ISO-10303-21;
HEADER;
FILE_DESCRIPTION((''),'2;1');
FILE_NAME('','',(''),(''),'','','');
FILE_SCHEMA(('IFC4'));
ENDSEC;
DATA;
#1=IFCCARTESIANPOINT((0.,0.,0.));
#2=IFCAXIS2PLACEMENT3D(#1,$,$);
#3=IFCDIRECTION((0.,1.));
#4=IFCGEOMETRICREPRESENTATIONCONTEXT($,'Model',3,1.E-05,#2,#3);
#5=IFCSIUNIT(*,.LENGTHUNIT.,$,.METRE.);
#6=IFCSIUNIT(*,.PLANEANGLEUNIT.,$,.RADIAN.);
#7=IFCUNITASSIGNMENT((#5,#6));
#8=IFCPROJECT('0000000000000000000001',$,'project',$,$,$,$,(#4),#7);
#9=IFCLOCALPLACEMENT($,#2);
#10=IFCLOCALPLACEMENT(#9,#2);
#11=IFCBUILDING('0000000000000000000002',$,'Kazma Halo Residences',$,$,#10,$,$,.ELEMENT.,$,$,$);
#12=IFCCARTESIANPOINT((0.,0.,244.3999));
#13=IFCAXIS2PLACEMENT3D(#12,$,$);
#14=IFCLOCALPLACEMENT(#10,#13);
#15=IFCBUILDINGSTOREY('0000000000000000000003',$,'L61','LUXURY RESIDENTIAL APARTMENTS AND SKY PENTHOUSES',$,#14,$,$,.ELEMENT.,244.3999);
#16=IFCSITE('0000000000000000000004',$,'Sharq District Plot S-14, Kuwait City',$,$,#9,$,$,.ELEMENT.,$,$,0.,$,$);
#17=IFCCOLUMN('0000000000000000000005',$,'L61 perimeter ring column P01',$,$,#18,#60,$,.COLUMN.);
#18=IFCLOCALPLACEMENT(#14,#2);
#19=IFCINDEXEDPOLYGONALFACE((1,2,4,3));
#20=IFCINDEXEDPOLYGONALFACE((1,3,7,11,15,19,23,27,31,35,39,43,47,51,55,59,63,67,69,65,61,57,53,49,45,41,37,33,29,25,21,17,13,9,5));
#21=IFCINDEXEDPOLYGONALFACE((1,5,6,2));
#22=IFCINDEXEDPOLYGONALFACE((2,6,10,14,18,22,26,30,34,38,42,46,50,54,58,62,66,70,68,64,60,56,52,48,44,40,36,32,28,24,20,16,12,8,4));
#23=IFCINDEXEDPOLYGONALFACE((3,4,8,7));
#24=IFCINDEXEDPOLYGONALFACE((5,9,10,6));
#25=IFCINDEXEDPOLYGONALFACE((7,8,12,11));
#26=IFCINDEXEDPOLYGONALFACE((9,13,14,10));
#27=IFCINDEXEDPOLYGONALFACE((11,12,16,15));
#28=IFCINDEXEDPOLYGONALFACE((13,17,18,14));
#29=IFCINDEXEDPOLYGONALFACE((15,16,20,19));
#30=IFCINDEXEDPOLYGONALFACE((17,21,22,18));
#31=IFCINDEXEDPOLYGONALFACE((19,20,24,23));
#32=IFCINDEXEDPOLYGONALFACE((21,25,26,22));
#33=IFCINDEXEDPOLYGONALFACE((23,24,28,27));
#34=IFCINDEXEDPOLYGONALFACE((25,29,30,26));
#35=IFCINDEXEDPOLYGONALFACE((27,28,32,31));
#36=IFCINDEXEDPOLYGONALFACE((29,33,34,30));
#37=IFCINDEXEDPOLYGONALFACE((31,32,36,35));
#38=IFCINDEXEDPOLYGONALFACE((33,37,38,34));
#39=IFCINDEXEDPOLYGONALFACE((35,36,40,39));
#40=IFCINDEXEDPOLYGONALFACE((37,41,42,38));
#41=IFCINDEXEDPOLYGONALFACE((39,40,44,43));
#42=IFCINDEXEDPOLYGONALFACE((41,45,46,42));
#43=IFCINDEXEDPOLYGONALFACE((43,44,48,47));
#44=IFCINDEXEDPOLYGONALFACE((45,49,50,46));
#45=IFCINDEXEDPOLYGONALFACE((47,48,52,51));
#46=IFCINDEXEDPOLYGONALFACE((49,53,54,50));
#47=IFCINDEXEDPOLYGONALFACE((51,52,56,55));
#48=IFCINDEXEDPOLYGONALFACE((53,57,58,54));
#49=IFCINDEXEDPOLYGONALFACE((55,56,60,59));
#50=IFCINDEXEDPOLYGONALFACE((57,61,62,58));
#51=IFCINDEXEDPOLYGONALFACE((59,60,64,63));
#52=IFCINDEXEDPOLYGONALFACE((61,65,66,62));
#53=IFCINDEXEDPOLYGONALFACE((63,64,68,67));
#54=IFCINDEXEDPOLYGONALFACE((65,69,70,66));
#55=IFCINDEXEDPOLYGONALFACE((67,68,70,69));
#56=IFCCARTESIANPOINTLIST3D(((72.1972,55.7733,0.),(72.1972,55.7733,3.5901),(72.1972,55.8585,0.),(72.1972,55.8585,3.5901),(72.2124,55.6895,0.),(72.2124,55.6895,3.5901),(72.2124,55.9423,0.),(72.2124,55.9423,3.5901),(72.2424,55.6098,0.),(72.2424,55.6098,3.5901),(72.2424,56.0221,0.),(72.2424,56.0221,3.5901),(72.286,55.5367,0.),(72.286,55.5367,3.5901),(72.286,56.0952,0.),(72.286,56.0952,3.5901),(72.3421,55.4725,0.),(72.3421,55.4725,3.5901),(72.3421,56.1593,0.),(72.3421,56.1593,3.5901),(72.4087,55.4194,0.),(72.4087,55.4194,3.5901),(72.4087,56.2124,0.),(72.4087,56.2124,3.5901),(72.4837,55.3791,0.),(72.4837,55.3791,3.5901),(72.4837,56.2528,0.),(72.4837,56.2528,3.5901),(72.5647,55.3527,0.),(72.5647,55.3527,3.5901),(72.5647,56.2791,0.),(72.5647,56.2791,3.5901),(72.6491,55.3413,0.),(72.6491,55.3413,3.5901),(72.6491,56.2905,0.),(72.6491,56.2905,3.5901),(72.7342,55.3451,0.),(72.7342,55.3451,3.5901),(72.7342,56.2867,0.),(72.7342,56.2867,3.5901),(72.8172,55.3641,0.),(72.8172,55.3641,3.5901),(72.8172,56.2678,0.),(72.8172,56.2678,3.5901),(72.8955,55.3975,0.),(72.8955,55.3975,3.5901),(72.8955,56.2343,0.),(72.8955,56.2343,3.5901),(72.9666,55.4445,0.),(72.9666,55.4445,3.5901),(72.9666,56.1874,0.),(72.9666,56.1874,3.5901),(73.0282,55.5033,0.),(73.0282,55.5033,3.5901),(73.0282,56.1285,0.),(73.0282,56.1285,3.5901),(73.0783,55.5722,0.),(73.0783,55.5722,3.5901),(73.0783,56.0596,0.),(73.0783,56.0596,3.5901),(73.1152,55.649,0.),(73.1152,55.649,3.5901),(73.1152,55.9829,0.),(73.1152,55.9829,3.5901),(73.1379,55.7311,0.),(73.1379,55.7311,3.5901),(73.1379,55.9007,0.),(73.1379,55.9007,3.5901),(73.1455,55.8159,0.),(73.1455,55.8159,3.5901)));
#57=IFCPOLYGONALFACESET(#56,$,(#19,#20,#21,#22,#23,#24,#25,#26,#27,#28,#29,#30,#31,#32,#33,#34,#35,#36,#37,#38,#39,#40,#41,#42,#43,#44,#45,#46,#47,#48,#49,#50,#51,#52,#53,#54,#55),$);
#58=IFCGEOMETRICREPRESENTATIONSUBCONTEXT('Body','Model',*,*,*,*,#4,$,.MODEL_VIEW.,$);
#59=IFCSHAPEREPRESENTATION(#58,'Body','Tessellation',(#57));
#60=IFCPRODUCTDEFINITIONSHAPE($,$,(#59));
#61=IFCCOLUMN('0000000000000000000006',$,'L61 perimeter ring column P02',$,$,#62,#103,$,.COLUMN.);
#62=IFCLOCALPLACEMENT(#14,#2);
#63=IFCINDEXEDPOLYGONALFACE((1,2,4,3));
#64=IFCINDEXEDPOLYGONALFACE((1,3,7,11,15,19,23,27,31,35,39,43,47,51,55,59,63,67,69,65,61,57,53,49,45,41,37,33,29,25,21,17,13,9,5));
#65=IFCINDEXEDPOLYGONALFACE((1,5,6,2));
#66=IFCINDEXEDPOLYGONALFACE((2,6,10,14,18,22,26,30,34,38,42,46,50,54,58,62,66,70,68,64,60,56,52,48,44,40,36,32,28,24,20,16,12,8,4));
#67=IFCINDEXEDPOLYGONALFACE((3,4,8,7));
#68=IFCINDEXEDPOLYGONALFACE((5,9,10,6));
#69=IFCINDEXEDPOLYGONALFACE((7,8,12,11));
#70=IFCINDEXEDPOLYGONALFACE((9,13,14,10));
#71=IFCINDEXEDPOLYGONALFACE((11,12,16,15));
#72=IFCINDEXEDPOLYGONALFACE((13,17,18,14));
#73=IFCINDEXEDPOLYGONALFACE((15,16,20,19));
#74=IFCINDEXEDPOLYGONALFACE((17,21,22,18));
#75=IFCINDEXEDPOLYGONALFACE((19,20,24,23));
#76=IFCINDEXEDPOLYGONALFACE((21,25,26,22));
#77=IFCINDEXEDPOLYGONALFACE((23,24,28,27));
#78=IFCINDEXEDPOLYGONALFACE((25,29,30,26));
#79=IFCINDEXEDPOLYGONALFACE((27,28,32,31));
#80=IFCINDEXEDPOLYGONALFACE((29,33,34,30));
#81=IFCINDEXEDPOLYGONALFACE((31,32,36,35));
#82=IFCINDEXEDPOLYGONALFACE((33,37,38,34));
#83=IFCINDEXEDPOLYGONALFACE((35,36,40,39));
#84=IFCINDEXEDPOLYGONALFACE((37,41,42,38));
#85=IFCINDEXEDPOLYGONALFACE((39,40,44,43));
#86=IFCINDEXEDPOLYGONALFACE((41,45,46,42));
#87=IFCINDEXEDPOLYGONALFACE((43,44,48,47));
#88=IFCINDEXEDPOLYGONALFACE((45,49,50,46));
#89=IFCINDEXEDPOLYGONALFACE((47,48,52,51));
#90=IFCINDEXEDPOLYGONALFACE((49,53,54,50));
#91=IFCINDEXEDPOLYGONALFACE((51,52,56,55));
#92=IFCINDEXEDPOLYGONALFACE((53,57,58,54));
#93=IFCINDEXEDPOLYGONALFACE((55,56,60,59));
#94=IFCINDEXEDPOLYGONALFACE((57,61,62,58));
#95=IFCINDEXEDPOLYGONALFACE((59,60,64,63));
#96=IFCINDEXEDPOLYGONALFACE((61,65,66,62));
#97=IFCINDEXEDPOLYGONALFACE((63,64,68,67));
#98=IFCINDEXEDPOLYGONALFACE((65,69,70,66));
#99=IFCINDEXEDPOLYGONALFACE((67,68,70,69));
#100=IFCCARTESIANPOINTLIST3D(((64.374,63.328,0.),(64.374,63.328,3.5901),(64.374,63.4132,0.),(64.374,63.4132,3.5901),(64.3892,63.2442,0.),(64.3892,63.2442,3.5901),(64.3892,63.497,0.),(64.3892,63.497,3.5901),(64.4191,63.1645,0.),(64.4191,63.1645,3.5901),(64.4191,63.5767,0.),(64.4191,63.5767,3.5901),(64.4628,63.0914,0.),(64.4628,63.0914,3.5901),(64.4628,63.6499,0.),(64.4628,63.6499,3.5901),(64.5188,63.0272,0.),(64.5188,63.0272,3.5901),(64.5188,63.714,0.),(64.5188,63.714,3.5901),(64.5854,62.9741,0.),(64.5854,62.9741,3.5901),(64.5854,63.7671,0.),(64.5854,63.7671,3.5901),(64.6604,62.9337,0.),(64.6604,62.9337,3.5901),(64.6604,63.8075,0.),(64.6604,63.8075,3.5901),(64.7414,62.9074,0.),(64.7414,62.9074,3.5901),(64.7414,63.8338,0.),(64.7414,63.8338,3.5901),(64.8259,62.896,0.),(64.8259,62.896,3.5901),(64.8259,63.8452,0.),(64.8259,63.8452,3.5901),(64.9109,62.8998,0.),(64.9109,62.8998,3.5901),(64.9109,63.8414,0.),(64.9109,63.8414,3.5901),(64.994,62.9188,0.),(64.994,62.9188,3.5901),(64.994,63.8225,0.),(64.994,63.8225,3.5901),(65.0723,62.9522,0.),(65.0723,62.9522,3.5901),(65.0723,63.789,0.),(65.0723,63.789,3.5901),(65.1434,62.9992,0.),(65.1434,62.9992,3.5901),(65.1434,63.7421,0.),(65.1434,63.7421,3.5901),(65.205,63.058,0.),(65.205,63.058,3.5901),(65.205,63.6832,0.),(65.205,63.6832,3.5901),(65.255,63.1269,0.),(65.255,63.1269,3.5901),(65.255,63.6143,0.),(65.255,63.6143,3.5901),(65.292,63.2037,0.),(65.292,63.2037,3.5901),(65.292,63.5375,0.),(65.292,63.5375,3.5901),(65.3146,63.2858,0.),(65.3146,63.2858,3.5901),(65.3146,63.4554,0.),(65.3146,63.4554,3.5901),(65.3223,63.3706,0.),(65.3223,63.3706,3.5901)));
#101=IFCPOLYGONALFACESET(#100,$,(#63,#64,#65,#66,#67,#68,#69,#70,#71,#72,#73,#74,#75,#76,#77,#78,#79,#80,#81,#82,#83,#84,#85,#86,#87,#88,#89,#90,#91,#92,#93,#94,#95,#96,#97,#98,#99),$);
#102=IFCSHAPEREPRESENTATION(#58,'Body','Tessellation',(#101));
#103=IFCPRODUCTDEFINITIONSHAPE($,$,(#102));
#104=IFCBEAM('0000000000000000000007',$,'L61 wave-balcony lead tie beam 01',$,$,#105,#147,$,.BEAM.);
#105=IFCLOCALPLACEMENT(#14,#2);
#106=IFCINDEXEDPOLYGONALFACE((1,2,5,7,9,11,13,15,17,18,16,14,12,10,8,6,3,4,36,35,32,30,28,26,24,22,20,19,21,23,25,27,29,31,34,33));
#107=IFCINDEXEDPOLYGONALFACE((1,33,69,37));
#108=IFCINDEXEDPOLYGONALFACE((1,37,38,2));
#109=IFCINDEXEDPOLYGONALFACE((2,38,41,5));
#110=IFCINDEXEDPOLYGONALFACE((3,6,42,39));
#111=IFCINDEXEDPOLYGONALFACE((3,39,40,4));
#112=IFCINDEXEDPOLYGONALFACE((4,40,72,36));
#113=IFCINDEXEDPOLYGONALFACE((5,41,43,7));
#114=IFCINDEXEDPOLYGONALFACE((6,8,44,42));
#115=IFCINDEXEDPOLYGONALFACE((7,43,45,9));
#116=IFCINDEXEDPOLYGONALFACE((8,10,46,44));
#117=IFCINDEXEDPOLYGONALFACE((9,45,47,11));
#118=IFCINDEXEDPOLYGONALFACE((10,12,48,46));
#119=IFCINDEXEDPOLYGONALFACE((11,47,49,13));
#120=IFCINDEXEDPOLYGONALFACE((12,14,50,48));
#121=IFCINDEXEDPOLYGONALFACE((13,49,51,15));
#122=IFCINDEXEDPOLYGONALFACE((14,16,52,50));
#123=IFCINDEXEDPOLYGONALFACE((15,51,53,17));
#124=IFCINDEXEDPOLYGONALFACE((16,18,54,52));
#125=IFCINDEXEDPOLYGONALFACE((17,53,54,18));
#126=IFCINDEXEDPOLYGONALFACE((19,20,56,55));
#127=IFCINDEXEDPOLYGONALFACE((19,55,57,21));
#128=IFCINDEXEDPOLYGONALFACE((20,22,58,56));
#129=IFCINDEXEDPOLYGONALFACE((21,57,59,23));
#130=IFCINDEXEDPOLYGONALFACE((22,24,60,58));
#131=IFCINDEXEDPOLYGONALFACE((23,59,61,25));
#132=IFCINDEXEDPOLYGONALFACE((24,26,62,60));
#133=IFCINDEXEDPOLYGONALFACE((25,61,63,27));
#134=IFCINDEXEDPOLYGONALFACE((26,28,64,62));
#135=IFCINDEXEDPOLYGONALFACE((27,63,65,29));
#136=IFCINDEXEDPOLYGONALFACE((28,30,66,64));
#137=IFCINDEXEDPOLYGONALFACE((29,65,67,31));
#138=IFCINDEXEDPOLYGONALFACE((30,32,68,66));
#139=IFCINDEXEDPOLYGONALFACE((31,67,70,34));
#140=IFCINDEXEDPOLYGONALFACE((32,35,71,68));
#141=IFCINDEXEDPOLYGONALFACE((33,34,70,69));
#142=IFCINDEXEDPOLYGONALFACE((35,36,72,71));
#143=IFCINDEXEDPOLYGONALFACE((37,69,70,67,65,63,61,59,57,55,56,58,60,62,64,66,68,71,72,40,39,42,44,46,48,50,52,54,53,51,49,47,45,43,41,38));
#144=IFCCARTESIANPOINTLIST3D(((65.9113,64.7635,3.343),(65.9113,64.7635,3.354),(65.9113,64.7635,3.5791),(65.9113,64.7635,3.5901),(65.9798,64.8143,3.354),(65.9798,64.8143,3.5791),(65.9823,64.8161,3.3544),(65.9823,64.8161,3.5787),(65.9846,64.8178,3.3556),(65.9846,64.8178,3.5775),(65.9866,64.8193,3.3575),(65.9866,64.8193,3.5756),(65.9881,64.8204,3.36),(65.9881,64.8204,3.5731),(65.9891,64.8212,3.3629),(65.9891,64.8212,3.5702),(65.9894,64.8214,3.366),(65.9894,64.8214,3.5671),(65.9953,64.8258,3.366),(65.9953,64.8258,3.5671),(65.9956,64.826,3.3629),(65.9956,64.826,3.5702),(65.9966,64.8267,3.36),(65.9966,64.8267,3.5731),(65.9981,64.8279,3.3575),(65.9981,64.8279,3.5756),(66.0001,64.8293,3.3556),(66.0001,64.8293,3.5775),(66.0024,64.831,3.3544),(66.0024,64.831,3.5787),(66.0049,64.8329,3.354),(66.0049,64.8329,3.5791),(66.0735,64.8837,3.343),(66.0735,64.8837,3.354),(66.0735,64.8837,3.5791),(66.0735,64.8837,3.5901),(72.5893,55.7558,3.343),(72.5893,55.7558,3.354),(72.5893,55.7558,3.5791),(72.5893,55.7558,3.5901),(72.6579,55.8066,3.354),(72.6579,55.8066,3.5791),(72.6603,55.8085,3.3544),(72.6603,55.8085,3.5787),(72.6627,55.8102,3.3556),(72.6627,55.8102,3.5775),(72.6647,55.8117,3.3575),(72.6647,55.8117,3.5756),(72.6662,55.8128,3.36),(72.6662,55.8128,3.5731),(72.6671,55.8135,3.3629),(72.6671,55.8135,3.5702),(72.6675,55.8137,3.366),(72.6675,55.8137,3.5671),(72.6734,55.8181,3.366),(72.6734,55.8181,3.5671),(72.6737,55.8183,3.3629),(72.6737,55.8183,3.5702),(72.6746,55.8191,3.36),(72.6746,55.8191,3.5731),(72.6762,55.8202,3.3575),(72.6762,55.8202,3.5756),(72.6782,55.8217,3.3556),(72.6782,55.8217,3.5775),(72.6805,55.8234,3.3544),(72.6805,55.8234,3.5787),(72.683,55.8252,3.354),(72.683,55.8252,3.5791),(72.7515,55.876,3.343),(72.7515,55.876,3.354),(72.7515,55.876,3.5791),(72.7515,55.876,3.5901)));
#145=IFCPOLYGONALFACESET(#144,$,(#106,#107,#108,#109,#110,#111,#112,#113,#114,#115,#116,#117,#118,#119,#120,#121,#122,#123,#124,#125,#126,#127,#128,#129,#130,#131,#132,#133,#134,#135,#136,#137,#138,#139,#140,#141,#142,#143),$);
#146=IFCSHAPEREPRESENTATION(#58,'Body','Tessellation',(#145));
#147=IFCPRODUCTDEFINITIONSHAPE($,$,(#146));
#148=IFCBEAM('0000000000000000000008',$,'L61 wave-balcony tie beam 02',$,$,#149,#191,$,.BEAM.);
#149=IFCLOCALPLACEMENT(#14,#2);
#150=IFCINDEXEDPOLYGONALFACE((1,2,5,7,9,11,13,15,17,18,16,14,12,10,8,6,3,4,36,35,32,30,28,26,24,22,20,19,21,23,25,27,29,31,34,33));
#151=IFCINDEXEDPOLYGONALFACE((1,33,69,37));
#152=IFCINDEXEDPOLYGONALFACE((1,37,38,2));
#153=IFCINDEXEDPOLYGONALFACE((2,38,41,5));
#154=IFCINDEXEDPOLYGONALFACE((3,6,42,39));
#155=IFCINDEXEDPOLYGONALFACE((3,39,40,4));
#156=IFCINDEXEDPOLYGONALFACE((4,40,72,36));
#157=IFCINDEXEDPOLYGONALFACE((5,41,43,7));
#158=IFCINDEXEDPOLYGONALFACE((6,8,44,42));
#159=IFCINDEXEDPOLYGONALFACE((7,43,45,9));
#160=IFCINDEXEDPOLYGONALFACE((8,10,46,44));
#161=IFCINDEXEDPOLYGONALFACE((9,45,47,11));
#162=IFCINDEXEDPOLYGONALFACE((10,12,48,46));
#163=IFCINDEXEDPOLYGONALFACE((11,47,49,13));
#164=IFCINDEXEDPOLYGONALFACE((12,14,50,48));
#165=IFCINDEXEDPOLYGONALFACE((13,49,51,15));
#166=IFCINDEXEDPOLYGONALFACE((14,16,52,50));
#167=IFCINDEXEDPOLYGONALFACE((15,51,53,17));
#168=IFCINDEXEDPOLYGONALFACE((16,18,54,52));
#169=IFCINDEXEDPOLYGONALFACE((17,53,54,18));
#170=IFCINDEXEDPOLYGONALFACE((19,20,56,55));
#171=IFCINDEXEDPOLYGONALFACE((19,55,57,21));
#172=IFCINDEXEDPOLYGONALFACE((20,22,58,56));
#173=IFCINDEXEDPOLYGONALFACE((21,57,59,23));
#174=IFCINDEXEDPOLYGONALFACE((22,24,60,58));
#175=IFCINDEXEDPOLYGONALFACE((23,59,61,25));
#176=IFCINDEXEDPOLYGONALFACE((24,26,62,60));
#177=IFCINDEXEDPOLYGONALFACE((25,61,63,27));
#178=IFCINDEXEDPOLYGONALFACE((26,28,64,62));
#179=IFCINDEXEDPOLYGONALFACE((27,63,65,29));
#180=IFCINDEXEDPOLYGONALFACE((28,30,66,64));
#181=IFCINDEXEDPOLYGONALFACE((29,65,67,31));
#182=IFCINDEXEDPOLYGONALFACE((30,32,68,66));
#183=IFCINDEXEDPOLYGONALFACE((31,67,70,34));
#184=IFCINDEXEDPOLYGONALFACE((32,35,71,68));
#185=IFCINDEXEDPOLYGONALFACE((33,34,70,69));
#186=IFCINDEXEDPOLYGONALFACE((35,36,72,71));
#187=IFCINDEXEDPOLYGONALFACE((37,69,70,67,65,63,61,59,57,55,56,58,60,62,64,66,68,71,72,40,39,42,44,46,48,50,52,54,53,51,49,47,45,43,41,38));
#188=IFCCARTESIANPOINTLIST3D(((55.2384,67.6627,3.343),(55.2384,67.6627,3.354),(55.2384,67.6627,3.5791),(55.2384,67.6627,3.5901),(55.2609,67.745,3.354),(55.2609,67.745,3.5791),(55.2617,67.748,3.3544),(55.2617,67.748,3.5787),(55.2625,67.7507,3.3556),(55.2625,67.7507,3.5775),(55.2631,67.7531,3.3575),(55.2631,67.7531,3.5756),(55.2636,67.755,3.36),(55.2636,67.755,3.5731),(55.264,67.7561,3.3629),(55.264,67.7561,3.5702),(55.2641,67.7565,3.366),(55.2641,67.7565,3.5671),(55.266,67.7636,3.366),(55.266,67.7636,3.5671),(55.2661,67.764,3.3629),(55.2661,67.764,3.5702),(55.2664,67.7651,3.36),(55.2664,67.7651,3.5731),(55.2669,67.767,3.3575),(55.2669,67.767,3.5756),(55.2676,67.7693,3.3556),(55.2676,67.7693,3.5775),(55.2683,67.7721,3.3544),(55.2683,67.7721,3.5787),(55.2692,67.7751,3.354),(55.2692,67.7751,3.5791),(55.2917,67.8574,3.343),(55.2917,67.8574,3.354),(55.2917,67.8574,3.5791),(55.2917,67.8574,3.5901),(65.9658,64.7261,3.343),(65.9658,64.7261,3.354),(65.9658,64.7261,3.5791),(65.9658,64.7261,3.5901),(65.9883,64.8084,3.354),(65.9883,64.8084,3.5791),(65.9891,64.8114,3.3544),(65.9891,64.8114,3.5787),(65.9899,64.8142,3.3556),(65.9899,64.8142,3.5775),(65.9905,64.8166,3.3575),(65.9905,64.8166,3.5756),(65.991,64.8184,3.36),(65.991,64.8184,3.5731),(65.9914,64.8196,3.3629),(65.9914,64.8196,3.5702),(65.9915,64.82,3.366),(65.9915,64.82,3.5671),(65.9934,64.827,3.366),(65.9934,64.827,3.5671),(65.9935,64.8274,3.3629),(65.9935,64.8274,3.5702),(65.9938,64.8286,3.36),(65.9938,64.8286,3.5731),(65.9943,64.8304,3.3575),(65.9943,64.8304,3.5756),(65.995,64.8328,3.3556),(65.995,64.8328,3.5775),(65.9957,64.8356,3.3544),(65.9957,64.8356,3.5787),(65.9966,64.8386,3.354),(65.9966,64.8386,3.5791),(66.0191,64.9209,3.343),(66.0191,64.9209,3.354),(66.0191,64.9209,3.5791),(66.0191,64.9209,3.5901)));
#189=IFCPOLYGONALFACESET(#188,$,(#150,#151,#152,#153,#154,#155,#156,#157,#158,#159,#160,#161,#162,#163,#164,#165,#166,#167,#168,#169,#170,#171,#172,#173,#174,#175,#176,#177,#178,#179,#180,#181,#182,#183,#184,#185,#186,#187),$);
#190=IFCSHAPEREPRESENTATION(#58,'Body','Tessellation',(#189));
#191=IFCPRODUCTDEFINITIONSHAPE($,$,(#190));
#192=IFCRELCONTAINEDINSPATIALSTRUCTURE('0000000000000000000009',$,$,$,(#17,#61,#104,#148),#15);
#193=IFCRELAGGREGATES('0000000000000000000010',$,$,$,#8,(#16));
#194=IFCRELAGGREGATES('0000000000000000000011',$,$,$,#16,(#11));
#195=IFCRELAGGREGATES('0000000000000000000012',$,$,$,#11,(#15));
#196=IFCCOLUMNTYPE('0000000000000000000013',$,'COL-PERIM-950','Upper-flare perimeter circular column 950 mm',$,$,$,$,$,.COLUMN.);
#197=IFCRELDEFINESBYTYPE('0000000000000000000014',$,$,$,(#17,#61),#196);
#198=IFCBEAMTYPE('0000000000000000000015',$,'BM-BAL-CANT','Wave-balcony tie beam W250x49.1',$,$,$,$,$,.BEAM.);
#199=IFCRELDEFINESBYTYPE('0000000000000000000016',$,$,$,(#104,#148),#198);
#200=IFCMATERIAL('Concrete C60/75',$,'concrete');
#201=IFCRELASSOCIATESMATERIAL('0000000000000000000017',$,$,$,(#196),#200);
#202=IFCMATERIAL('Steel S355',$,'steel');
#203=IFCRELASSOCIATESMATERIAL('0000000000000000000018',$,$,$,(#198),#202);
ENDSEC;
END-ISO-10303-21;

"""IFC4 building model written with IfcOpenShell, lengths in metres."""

from ifc_helpers import new_model, si_unit, direction, frame, origin, origin_2d, place, context, subcontext, project, spatial, circle, i_section, extrude, material, material_profile, profile_set, type_object, element, save


model = new_model("IFC4")

# Units and contexts
model_context = context("Model", 3, precision=1e-05, world=origin(), true_north=direction((0.0, 1.0)))
body_context = subcontext(model_context, "Body", "Model", "MODEL_VIEW")
ifc_project = project(units=[si_unit("LENGTHUNIT", "METRE"), si_unit("PLANEANGLEUNIT", "RADIAN")], contexts=[model_context])

# Site, building, storey
site_placement = place(None, origin())
site = spatial("IfcSite", under=ifc_project, at=site_placement, Name="Sharq District Plot S-14, Kuwait City", CompositionType="ELEMENT", RefElevation=0.0)
building_placement = place(site_placement, origin())
building = spatial("IfcBuilding", under=site, at=building_placement, Name="Kazma Halo Residences", CompositionType="ELEMENT")
storey_placement = place(building_placement, frame((0.0, 0.0, 244.3999)))
storey = spatial("IfcBuildingStorey", under=building, at=storey_placement, Name="L61", Description="LUXURY RESIDENTIAL APARTMENTS AND SKY PENTHOUSES", CompositionType="ELEMENT", Elevation=244.3999)

# Columns
ifc_material_1 = material(Name="Concrete C60/75", Category="concrete")
ifc_material_profile_1 = material_profile(ifc_material_1, circle(Radius=0.4751, at=origin_2d()), Name="CIRC950")
ifc_profile_set_1 = profile_set([ifc_material_profile_1], Name="Concrete C60/75")
column_type = type_object("IfcColumnType", Name="COL-PERIM-950", Description="Upper-flare perimeter circular column 950 mm", PredefinedType="COLUMN", material=ifc_profile_set_1)
for number, where, z_axis, x_axis, name in (
    (1, (72.6704, 55.8159, 0.0), (0.0, 0.0, 1.0), (1.0, 0.0, 0.0), "L61 perimeter ring column P01"),
    (2, (64.8472, 63.3706, 0.0), (0.0, 0.0, 1.0), (1.0, 0.0, 0.0), "L61 perimeter ring column P02"),
):
    element("IfcColumn", number, at=place(storey_placement, frame(where, z_axis=z_axis, x_axis=x_axis)), inside=storey, type_object=column_type, Name=name, PredefinedType="COLUMN", context=body_context, shape_type="SweptSolid", body=[
        extrude(circle(Radius=0.4751, at=origin_2d()), origin(), (0.0, 0.0, 1.0), 3.5901),
    ])

# Beams
ifc_material_2 = material(Name="Steel S355", Category="steel")
ifc_material_profile_2 = material_profile(ifc_material_2, i_section(OverallWidth=0.2019, OverallDepth=0.2471, WebThickness=0.0073, FlangeThickness=0.011, FilletRadius=0.012, at=origin_2d()), Name="W250x49.1")
ifc_profile_set_2 = profile_set([ifc_material_profile_2], Name="Steel S355")
beam_type_1 = type_object("IfcBeamType", Name="BM-BAL-CANT", Description="Wave-balcony tie beam W250x49.1", PredefinedType="BEAM", material=ifc_profile_set_2)
beam_1_placement = place(storey_placement, frame((72.6704, 55.8159, 3.4666), z_axis=(-0.595556, 0.803314, 0.0), x_axis=(-0.803314, -0.595556, 0.0)))
element("IfcBeam", 3, at=beam_1_placement, inside=storey, type_object=beam_type_1, Name="L61 wave-balcony lead tie beam 01", PredefinedType="BEAM", context=body_context, shape_type="SweptSolid", body=[
    extrude(i_section(OverallWidth=0.2019, OverallDepth=0.2471, WebThickness=0.0073, FlangeThickness=0.011, FilletRadius=0.012, at=origin_2d()), origin(), (0.0, 0.0, 1.0), 11.2131),
])
beam_2_placement = place(storey_placement, frame((65.9924, 64.8235, 3.4666), z_axis=(-0.964515, 0.264029, 0.0), x_axis=(-0.264029, -0.964515, 0.0)))
element("IfcBeam", 4, at=beam_2_placement, inside=storey, type_object=beam_type_1, Name="L61 wave-balcony tie beam 02", PredefinedType="BEAM", context=body_context, shape_type="SweptSolid", body=[
    extrude(i_section(OverallWidth=0.2019, OverallDepth=0.2471, WebThickness=0.0073, FlangeThickness=0.011, FilletRadius=0.012, at=origin_2d()), origin(), (0.0, 0.0, 1.0), 11.1221),
])

save(model, "model.ifc")
